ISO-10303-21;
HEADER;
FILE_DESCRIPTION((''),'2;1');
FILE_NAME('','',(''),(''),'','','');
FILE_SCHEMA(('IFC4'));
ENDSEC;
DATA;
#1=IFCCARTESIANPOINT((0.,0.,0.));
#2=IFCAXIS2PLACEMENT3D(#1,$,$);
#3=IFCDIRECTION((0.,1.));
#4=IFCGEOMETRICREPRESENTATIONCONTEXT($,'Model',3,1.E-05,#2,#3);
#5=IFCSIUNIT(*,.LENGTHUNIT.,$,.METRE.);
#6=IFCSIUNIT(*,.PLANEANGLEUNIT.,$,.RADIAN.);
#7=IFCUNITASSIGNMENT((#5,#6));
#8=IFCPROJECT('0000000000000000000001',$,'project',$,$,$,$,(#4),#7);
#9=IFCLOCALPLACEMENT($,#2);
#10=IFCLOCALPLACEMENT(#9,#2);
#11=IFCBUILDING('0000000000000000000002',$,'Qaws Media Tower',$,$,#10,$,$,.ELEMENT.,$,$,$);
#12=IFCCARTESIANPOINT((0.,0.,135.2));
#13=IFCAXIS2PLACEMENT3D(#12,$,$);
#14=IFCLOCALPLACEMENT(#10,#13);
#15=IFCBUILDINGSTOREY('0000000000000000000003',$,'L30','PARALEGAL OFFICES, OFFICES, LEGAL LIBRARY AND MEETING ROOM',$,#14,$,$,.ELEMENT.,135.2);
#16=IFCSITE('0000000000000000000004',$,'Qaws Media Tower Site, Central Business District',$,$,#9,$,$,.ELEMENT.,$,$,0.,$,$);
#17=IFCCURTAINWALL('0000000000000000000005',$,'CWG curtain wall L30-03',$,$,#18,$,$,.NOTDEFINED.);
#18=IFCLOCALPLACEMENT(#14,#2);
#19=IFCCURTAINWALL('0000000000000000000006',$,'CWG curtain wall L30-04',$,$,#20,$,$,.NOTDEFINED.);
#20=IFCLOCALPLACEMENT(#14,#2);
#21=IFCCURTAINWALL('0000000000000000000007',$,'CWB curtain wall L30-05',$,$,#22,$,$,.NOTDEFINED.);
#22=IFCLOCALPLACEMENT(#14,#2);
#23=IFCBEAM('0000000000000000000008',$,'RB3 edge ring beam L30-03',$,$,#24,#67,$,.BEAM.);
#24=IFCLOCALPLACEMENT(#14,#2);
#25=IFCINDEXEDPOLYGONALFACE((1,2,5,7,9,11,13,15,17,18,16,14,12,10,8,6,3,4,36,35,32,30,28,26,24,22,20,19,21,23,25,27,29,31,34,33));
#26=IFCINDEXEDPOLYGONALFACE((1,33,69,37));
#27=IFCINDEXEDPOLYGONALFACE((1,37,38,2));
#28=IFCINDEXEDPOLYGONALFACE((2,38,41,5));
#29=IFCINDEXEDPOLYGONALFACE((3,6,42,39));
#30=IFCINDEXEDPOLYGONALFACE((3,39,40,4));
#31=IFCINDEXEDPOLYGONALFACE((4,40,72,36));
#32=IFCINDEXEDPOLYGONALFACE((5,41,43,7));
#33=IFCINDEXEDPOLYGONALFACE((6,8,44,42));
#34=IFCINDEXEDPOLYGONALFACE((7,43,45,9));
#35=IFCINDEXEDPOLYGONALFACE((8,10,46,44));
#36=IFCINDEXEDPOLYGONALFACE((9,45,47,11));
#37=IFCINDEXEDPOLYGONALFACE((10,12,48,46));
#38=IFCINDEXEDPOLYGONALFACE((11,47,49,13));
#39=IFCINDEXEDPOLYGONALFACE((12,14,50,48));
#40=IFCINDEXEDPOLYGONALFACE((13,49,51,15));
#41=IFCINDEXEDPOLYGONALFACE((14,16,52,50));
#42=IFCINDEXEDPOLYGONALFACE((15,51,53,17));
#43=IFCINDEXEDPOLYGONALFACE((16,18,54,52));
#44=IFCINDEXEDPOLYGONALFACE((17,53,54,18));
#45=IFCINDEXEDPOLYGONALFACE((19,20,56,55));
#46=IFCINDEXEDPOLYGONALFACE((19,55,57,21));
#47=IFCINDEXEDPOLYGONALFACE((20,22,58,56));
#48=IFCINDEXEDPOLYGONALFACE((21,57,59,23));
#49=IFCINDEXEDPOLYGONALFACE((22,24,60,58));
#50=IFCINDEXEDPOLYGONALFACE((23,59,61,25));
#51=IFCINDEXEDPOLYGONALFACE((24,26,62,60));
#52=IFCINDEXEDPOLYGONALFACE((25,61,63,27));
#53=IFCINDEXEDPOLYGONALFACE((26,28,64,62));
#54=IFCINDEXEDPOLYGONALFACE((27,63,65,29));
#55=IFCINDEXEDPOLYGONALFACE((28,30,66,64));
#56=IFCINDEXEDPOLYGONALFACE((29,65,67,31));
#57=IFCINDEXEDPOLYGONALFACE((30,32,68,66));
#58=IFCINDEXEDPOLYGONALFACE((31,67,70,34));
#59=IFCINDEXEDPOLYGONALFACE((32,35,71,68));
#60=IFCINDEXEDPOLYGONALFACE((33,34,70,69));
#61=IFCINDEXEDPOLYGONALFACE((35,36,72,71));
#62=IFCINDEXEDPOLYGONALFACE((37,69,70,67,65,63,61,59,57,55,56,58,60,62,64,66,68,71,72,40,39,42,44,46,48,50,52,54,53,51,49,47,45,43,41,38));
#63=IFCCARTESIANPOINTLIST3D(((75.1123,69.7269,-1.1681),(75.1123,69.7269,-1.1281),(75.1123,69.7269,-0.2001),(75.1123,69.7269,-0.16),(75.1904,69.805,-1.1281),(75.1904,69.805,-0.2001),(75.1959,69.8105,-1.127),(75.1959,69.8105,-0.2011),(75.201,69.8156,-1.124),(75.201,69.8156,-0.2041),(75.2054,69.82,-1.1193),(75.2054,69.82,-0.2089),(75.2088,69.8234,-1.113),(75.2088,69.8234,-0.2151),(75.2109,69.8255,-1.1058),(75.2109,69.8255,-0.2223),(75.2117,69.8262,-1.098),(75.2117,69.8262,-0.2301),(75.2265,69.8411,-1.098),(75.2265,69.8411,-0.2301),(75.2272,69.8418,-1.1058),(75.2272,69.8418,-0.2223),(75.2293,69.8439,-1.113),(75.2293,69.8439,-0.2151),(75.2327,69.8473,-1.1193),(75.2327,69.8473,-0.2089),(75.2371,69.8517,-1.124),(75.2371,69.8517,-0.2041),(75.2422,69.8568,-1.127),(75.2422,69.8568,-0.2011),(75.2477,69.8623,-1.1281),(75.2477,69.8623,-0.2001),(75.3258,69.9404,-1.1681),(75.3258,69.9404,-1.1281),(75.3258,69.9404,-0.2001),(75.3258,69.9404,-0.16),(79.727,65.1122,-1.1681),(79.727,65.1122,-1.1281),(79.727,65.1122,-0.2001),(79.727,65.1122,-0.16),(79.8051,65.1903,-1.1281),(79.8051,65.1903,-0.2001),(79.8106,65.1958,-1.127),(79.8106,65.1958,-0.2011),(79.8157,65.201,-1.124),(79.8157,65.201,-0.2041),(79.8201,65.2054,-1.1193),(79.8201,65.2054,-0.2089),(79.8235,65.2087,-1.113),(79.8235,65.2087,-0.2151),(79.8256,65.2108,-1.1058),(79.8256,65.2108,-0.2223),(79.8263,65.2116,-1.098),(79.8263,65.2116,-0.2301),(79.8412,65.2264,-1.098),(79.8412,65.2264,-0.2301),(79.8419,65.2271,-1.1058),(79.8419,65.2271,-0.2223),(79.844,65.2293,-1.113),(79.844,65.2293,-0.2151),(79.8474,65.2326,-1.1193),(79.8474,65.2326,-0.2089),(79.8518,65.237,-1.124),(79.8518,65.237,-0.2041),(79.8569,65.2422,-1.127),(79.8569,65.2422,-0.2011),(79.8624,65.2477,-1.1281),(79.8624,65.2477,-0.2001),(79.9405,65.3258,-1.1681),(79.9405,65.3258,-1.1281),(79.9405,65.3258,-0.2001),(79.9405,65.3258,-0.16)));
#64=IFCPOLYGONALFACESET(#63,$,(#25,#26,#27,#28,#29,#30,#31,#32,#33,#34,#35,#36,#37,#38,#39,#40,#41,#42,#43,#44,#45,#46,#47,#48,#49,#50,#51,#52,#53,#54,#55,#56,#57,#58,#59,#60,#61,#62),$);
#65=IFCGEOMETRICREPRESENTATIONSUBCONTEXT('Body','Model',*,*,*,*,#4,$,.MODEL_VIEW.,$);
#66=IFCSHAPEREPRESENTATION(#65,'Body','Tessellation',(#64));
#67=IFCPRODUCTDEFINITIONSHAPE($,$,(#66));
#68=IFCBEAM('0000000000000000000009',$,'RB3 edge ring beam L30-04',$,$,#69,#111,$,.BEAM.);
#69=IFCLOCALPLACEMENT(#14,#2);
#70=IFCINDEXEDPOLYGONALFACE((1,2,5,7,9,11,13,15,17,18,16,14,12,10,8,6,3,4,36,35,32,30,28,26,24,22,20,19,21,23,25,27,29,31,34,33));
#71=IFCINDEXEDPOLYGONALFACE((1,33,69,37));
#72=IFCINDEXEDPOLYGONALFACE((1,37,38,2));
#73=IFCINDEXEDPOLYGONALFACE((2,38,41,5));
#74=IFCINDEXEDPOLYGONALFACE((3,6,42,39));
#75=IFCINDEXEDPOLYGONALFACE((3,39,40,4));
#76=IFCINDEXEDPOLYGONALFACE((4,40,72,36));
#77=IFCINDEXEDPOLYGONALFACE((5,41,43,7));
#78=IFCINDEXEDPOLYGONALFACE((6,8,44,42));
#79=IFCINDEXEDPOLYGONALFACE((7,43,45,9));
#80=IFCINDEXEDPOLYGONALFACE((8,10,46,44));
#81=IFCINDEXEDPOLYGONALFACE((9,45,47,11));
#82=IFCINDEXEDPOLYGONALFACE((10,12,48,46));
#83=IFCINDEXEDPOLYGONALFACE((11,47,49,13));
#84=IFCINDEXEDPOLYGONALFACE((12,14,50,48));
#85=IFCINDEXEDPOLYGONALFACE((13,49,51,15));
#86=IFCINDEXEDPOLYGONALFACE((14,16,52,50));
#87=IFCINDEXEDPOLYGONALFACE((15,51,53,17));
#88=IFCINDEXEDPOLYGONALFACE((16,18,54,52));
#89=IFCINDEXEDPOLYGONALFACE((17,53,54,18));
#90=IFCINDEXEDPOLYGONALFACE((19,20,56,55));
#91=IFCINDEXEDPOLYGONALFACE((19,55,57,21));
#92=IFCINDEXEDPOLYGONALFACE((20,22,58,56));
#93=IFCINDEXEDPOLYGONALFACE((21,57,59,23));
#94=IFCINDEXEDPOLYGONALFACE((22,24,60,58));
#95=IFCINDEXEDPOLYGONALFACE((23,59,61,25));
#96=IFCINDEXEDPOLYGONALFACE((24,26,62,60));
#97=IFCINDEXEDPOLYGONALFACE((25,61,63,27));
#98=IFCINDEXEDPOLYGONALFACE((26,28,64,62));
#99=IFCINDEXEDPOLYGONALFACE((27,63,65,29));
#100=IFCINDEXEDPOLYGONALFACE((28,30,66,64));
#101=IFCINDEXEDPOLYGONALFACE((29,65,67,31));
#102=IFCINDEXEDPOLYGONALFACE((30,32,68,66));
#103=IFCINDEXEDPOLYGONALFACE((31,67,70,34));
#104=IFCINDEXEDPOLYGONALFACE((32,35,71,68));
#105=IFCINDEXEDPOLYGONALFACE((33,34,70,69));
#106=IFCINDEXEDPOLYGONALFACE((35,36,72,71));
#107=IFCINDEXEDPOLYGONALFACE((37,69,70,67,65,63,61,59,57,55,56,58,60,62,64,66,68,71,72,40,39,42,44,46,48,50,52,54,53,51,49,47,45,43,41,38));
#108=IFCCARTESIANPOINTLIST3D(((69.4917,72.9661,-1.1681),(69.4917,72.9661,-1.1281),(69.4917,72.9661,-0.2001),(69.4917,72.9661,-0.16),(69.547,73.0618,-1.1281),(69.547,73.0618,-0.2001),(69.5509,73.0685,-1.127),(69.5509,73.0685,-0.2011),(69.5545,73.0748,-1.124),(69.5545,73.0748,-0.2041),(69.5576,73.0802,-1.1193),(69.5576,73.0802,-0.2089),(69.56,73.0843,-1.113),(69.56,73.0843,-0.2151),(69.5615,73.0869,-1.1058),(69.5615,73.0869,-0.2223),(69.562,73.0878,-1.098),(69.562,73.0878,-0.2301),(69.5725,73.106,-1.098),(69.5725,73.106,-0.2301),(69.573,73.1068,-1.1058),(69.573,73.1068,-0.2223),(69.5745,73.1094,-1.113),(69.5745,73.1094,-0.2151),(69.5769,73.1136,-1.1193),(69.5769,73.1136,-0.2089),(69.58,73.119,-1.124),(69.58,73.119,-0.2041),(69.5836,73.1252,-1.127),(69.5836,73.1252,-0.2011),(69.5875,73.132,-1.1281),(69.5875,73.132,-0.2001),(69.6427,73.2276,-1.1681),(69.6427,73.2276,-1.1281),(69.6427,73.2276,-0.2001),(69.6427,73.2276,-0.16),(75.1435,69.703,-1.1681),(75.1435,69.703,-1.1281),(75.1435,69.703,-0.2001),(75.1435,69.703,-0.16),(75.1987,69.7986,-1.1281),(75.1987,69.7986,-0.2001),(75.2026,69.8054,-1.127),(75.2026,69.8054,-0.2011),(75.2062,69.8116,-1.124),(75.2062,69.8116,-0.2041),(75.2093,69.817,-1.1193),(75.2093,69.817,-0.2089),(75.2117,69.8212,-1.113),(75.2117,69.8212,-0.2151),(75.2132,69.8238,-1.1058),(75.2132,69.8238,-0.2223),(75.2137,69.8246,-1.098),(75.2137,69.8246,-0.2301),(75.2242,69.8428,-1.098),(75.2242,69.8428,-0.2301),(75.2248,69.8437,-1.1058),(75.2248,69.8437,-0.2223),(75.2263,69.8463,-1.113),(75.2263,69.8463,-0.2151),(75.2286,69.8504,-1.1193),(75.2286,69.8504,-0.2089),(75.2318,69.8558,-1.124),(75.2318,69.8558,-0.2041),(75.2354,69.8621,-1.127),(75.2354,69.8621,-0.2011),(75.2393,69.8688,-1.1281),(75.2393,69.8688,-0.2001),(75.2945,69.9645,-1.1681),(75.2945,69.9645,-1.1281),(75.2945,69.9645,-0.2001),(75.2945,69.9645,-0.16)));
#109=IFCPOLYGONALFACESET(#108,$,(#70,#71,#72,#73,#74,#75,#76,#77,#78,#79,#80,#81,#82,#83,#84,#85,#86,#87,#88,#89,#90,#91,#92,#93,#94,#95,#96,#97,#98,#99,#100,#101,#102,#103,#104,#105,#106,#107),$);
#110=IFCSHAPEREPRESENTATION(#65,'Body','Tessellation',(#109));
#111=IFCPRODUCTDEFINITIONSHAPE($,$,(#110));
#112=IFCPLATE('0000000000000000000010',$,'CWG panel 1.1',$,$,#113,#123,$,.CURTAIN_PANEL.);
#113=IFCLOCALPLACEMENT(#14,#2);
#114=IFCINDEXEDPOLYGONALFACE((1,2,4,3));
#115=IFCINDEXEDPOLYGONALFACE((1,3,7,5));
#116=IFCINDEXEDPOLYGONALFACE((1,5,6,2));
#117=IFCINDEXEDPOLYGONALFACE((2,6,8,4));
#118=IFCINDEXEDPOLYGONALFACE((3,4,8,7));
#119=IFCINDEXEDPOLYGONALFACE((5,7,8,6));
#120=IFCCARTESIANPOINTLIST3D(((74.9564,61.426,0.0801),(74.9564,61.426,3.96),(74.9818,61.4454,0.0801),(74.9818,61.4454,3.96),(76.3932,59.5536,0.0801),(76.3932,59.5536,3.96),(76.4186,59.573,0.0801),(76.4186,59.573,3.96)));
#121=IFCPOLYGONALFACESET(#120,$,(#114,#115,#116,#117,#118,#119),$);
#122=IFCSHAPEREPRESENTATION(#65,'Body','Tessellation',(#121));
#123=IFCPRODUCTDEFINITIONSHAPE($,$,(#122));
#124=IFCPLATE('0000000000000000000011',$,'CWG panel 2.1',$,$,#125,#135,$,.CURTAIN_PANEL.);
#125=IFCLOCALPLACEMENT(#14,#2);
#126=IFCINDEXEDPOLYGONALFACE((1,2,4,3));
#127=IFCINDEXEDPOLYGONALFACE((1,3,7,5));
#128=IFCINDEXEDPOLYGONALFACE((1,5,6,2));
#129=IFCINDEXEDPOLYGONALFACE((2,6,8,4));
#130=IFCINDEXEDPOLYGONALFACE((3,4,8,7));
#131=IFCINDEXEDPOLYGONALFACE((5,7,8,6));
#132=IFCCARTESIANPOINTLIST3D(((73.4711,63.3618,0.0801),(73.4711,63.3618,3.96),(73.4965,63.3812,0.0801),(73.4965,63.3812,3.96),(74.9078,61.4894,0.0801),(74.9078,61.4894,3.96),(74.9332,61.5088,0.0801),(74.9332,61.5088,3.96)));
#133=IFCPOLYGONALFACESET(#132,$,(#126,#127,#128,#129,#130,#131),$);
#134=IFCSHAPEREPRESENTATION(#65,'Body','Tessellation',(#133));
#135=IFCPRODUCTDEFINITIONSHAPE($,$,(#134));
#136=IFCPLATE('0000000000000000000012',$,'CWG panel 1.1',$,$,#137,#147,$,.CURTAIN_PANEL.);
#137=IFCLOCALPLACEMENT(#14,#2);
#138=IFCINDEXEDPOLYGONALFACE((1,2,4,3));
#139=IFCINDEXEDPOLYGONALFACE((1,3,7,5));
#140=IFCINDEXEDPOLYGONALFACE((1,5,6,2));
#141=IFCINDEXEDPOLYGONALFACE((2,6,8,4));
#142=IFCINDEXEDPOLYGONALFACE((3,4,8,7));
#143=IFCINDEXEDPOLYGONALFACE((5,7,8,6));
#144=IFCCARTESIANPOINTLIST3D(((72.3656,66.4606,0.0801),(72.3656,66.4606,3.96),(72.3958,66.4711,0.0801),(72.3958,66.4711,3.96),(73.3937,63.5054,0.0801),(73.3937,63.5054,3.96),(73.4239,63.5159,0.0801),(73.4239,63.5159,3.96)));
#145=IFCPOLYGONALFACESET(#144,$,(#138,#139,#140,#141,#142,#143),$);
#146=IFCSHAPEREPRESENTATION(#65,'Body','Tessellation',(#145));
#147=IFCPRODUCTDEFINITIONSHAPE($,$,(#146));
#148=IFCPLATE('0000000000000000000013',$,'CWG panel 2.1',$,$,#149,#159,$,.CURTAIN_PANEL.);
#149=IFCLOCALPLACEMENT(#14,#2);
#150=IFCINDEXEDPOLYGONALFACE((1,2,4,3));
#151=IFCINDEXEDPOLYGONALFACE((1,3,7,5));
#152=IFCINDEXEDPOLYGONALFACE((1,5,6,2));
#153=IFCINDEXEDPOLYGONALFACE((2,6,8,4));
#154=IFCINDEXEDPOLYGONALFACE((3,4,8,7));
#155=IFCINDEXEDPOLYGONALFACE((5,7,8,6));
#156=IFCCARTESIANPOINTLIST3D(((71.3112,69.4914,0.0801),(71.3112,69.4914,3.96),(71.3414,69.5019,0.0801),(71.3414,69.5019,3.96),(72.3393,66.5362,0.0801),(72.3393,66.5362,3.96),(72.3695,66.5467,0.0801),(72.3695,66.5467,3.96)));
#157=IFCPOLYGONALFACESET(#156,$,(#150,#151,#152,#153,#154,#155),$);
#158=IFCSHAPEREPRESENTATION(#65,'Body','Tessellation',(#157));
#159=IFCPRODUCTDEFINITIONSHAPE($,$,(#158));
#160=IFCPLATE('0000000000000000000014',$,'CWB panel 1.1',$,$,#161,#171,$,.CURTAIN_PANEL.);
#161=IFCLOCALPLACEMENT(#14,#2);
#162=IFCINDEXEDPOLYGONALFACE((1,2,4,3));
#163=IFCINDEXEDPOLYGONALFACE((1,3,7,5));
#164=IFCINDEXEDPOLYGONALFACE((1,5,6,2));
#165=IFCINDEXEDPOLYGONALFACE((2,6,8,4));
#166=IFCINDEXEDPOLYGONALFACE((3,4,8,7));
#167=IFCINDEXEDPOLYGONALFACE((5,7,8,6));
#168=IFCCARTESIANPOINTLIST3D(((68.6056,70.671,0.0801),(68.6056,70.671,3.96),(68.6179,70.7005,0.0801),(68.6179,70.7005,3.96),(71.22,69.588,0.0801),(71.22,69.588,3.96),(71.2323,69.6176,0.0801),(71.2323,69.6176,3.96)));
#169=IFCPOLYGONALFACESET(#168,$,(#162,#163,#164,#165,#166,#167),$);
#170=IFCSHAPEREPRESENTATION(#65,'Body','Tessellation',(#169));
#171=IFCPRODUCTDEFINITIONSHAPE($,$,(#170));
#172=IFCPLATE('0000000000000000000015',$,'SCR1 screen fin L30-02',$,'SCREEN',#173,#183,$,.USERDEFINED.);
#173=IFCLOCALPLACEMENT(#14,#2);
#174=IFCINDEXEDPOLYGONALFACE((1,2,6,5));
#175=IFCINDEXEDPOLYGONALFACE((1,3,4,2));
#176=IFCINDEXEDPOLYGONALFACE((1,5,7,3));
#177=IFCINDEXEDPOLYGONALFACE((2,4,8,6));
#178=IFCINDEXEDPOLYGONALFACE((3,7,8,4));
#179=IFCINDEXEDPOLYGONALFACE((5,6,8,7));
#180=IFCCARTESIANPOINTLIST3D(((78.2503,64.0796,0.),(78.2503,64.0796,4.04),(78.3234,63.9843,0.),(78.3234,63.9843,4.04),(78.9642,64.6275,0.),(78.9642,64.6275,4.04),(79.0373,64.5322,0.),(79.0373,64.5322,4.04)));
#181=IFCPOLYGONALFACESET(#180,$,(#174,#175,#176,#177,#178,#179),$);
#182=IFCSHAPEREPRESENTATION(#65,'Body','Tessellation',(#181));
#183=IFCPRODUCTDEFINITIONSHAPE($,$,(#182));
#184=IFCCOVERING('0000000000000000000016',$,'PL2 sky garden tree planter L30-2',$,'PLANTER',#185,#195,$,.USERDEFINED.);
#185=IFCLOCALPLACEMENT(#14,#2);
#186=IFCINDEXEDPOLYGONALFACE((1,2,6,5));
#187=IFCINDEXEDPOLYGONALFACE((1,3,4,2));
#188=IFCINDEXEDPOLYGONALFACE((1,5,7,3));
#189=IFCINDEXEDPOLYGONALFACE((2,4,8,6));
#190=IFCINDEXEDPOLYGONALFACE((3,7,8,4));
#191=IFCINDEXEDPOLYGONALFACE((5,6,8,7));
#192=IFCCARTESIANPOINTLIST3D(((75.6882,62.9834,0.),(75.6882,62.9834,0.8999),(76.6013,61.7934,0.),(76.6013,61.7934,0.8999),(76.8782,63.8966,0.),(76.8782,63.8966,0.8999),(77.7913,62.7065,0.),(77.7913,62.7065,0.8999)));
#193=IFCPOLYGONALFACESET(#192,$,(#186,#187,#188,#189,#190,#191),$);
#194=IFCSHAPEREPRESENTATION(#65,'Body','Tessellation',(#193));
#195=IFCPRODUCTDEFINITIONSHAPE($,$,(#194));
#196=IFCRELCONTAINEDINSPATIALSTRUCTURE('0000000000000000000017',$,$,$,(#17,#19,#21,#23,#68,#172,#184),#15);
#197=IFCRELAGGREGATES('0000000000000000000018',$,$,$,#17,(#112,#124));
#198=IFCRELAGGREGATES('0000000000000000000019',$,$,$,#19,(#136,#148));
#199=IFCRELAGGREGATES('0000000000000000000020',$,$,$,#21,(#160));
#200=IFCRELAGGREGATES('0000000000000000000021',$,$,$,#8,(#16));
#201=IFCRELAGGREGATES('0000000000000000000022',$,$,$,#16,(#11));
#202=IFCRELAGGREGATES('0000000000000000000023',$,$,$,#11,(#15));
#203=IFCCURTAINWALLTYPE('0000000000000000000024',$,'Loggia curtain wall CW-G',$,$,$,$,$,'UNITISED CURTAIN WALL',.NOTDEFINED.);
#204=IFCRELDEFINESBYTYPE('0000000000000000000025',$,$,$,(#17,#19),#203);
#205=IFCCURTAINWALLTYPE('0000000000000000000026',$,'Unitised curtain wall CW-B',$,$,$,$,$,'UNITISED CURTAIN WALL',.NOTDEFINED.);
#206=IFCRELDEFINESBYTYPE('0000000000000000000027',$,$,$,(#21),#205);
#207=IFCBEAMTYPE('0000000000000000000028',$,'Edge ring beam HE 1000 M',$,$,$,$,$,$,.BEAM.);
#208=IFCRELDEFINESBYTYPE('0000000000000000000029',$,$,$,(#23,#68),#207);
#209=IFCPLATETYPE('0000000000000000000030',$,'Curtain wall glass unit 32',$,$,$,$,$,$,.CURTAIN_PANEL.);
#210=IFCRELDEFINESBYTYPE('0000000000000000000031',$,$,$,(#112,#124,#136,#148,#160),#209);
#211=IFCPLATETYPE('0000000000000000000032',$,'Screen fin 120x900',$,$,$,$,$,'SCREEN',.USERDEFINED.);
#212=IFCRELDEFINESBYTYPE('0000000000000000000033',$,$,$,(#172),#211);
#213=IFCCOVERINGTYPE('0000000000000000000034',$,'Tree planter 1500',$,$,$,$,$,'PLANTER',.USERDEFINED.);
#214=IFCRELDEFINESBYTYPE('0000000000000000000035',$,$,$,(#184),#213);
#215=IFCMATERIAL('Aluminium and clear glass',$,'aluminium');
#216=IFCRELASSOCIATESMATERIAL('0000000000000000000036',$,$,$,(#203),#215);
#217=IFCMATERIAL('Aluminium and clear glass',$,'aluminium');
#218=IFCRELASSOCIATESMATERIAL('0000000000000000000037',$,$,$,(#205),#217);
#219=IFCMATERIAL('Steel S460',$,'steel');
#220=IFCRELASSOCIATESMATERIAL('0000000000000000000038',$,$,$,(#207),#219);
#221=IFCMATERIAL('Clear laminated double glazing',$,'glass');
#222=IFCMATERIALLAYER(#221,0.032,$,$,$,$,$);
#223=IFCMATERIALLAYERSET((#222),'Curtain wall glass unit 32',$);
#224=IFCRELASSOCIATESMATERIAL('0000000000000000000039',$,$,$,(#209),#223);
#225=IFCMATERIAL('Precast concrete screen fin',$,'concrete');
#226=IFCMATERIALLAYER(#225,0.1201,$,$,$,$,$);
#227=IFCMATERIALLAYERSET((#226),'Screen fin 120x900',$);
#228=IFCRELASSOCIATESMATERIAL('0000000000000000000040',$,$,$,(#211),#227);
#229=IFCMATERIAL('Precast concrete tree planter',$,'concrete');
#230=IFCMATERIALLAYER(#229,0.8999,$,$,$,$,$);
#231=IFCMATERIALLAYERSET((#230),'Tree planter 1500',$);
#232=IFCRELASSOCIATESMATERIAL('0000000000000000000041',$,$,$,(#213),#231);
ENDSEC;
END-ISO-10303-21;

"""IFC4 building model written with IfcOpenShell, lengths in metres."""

from ifc_helpers import new_model, si_unit, direction, frame, origin, origin_2d, place, context, subcontext, project, spatial, rectangle, i_section, extrude, material, layer, layer_set, material_profile, profile_set, type_object, element, aggregate, save


model = new_model("IFC4")

# Units and contexts
model_context = context("Model", 3, precision=1e-05, world=origin(), true_north=direction((0.0, 1.0)))
body_context = subcontext(model_context, "Body", "Model", "MODEL_VIEW")
ifc_project = project(units=[si_unit("LENGTHUNIT", "METRE"), si_unit("PLANEANGLEUNIT", "RADIAN")], contexts=[model_context])

# Site, building, storey
site_placement = place(None, origin())
site = spatial("IfcSite", under=ifc_project, at=site_placement, Name="Qaws Media Tower Site, Central Business District", CompositionType="ELEMENT", RefElevation=0.0)
building_placement = place(site_placement, origin())
building = spatial("IfcBuilding", under=site, at=building_placement, Name="Qaws Media Tower", CompositionType="ELEMENT")
storey_placement = place(building_placement, frame((0.0, 0.0, 135.2)))
storey = spatial("IfcBuildingStorey", under=building, at=storey_placement, Name="L30", Description="PARALEGAL OFFICES, OFFICES, LEGAL LIBRARY AND MEETING ROOM", CompositionType="ELEMENT", Elevation=135.2)

# Curtain walls
ifc_material_1 = material(Name="Aluminium and clear glass", Category="aluminium")
curtain_wall_type_1 = type_object("IfcCurtainWallType", Name="Loggia curtain wall CW-G", ElementType="UNITISED CURTAIN WALL", PredefinedType="NOTDEFINED", material=ifc_material_1)
curtain_wall_1_placement = place(storey_placement, origin())
curtain_wall_1 = element("IfcCurtainWall", 1, at=curtain_wall_1_placement, inside=storey, type_object=curtain_wall_type_1, Name="CWG curtain wall L30-03", PredefinedType="NOTDEFINED")
curtain_wall_2_placement = place(storey_placement, origin())
curtain_wall_2 = element("IfcCurtainWall", 2, at=curtain_wall_2_placement, inside=storey, type_object=curtain_wall_type_1, Name="CWG curtain wall L30-04", PredefinedType="NOTDEFINED")

# Curtain wall
ifc_material_2 = material(Name="Aluminium and clear glass", Category="aluminium")
curtain_wall_type_2 = type_object("IfcCurtainWallType", Name="Unitised curtain wall CW-B", ElementType="UNITISED CURTAIN WALL", PredefinedType="NOTDEFINED", material=ifc_material_2)
curtain_wall_3_placement = place(storey_placement, origin())
curtain_wall_3 = element("IfcCurtainWall", 3, at=curtain_wall_3_placement, inside=storey, type_object=curtain_wall_type_2, Name="CWB curtain wall L30-05", PredefinedType="NOTDEFINED")

# Beams
ifc_material_3 = material(Name="Steel S460", Category="steel")
ifc_material_profile_1 = material_profile(ifc_material_3, i_section(OverallWidth=0.302, OverallDepth=1.0081, WebThickness=0.021, FlangeThickness=0.04, FilletRadius=0.03, at=origin_2d()), Name="HE 1000 M")
ifc_profile_set_1 = profile_set([ifc_material_profile_1], Name="Steel S460")
beam_type = type_object("IfcBeamType", Name="Edge ring beam HE 1000 M", PredefinedType="BEAM", material=ifc_profile_set_1)
for number, where, z_axis, x_axis, name in (
    (4, (79.8337, 65.219, -0.6641), (-0.707107, 0.707107, 0.0), (-0.707107, -0.707107, 0.0), "RB3 edge ring beam L30-03"),
    (5, (75.219, 69.8337, -0.6641), (-0.86602, 0.50001, 0.0), (-0.50001, -0.86602, 0.0), "RB3 edge ring beam L30-04"),
):
    element("IfcBeam", number, at=place(storey_placement, frame(where, z_axis=z_axis, x_axis=x_axis)), inside=storey, type_object=beam_type, Name=name, PredefinedType="BEAM", context=body_context, shape_type="SweptSolid", body=[
        extrude(i_section(OverallWidth=0.302, OverallDepth=1.0081, WebThickness=0.021, FlangeThickness=0.04, FilletRadius=0.03, at=origin_2d()), origin(), (0.0, 0.0, 1.0), 6.5261),
    ])

# Plates
ifc_material_4 = material(Name="Clear laminated double glazing", Category="glass")
ifc_layer_1 = layer(ifc_material_4, 0.032)
ifc_layer_set_1 = layer_set([ifc_layer_1], Name="Curtain wall glass unit 32")
plate_type_1 = type_object("IfcPlateType", Name="Curtain wall glass unit 32", PredefinedType="CURTAIN_PANEL", material=ifc_layer_set_1)
plate_1_placement = place(storey_placement, frame((75.6875, 60.4995, 0.0801), z_axis=(0.0, 0.0, 1.0), x_axis=(-0.608761, 0.793353, 0.0)))
plate_1 = element("IfcPlate", 6, at=plate_1_placement, type_object=plate_type_1, Name="CWG panel 1.1", PredefinedType="CURTAIN_PANEL", context=body_context, shape_type="SweptSolid", body=[
    extrude(rectangle(XDim=2.3601, YDim=0.032, at=origin_2d()), origin(), (0.0, 0.0, 1.0), 3.8799),
])
plate_2_placement = place(storey_placement, frame((74.2021, 62.4353, 0.0801), z_axis=(0.0, 0.0, 1.0), x_axis=(-0.608761, 0.793353, 0.0)))
plate_2 = element("IfcPlate", 7, at=plate_2_placement, type_object=plate_type_1, Name="CWG panel 2.1", PredefinedType="CURTAIN_PANEL", context=body_context, shape_type="SweptSolid", body=[
    extrude(rectangle(XDim=2.3601, YDim=0.032, at=origin_2d()), origin(), (0.0, 0.0, 1.0), 3.8799),
])
aggregate(curtain_wall_1, [plate_1, plate_2])
plate_3_placement = place(storey_placement, frame((72.8948, 64.9883, 0.0801), z_axis=(0.0, 0.0, 1.0), x_axis=(-0.328571, 0.944479, 0.0)))
plate_3 = element("IfcPlate", 8, at=plate_3_placement, type_object=plate_type_1, Name="CWG panel 1.1", PredefinedType="CURTAIN_PANEL", context=body_context, shape_type="SweptSolid", body=[
    extrude(rectangle(XDim=3.1289, YDim=0.032, at=origin_2d()), origin(), (0.0, 0.0, 1.0), 3.8799),
])
plate_4_placement = place(storey_placement, frame((71.8403, 68.019, 0.0801), z_axis=(0.0, 0.0, 1.0), x_axis=(-0.328571, 0.944479, 0.0)))
plate_4 = element("IfcPlate", 9, at=plate_4_placement, type_object=plate_type_1, Name="CWG panel 2.1", PredefinedType="CURTAIN_PANEL", context=body_context, shape_type="SweptSolid", body=[
    extrude(rectangle(XDim=3.1289, YDim=0.032, at=origin_2d()), origin(), (0.0, 0.0, 1.0), 3.8799),
])
aggregate(curtain_wall_2, [plate_3, plate_4])
plate_5_placement = place(storey_placement, frame((69.9189, 70.1443, 0.0801), z_axis=(0.0, 0.0, 1.0), x_axis=(-0.92388, 0.382683, 0.0)))
plate_5 = element("IfcPlate", 10, at=plate_5_placement, type_object=plate_type_1, Name="CWB panel 1.1", PredefinedType="CURTAIN_PANEL", context=body_context, shape_type="SweptSolid", body=[
    extrude(rectangle(XDim=2.8298, YDim=0.032, at=origin_2d()), origin(), (0.0, 0.0, 1.0), 3.8799),
])
aggregate(curtain_wall_3, [plate_5])
ifc_material_5 = material(Name="Precast concrete screen fin", Category="concrete")
ifc_layer_2 = layer(ifc_material_5, 0.1201)
ifc_layer_set_2 = layer_set([ifc_layer_2], Name="Screen fin 120x900")
plate_type_2 = type_object("IfcPlateType", Name="Screen fin 120x900", ElementType="SCREEN", PredefinedType="USERDEFINED", material=ifc_layer_set_2)
plate_6_placement = place(storey_placement, frame((78.6438, 64.3059, 0.0), z_axis=(0.0, 0.0, 1.0), x_axis=(0.793353, 0.608761, 0.0)))
element("IfcPlate", 11, at=plate_6_placement, inside=storey, type_object=plate_type_2, Name="SCR1 screen fin L30-02", ObjectType="SCREEN", PredefinedType="USERDEFINED", context=body_context, shape_type="SweptSolid", body=[
    extrude(rectangle(XDim=0.8999, YDim=0.1201, at=origin_2d()), origin(), (0.0, 0.0, 1.0), 4.04),
])

# Covering
ifc_material_6 = material(Name="Precast concrete tree planter", Category="concrete")
ifc_layer_3 = layer(ifc_material_6, 0.8999)
ifc_layer_set_3 = layer_set([ifc_layer_3], Name="Tree planter 1500")
covering_type = type_object("IfcCoveringType", Name="Tree planter 1500", ElementType="PLANTER", PredefinedType="USERDEFINED", material=ifc_layer_set_3)
for number, where, z_axis, x_axis, name in (
    (12, (76.7397, 62.845, 0.0), (0.0, 0.0, 1.0), (0.793353, 0.608761, 0.0), "PL2 sky garden tree planter L30-2"),
):
    element("IfcCovering", number, at=place(storey_placement, frame(where, z_axis=z_axis, x_axis=x_axis)), inside=storey, type_object=covering_type, Name=name, ObjectType="PLANTER", PredefinedType="USERDEFINED", context=body_context, shape_type="SweptSolid", body=[
        extrude(rectangle(XDim=1.5, YDim=1.5, at=origin_2d()), origin(), (0.0, 0.0, 1.0), 0.8999),
    ])

save(model, "model.ifc")
